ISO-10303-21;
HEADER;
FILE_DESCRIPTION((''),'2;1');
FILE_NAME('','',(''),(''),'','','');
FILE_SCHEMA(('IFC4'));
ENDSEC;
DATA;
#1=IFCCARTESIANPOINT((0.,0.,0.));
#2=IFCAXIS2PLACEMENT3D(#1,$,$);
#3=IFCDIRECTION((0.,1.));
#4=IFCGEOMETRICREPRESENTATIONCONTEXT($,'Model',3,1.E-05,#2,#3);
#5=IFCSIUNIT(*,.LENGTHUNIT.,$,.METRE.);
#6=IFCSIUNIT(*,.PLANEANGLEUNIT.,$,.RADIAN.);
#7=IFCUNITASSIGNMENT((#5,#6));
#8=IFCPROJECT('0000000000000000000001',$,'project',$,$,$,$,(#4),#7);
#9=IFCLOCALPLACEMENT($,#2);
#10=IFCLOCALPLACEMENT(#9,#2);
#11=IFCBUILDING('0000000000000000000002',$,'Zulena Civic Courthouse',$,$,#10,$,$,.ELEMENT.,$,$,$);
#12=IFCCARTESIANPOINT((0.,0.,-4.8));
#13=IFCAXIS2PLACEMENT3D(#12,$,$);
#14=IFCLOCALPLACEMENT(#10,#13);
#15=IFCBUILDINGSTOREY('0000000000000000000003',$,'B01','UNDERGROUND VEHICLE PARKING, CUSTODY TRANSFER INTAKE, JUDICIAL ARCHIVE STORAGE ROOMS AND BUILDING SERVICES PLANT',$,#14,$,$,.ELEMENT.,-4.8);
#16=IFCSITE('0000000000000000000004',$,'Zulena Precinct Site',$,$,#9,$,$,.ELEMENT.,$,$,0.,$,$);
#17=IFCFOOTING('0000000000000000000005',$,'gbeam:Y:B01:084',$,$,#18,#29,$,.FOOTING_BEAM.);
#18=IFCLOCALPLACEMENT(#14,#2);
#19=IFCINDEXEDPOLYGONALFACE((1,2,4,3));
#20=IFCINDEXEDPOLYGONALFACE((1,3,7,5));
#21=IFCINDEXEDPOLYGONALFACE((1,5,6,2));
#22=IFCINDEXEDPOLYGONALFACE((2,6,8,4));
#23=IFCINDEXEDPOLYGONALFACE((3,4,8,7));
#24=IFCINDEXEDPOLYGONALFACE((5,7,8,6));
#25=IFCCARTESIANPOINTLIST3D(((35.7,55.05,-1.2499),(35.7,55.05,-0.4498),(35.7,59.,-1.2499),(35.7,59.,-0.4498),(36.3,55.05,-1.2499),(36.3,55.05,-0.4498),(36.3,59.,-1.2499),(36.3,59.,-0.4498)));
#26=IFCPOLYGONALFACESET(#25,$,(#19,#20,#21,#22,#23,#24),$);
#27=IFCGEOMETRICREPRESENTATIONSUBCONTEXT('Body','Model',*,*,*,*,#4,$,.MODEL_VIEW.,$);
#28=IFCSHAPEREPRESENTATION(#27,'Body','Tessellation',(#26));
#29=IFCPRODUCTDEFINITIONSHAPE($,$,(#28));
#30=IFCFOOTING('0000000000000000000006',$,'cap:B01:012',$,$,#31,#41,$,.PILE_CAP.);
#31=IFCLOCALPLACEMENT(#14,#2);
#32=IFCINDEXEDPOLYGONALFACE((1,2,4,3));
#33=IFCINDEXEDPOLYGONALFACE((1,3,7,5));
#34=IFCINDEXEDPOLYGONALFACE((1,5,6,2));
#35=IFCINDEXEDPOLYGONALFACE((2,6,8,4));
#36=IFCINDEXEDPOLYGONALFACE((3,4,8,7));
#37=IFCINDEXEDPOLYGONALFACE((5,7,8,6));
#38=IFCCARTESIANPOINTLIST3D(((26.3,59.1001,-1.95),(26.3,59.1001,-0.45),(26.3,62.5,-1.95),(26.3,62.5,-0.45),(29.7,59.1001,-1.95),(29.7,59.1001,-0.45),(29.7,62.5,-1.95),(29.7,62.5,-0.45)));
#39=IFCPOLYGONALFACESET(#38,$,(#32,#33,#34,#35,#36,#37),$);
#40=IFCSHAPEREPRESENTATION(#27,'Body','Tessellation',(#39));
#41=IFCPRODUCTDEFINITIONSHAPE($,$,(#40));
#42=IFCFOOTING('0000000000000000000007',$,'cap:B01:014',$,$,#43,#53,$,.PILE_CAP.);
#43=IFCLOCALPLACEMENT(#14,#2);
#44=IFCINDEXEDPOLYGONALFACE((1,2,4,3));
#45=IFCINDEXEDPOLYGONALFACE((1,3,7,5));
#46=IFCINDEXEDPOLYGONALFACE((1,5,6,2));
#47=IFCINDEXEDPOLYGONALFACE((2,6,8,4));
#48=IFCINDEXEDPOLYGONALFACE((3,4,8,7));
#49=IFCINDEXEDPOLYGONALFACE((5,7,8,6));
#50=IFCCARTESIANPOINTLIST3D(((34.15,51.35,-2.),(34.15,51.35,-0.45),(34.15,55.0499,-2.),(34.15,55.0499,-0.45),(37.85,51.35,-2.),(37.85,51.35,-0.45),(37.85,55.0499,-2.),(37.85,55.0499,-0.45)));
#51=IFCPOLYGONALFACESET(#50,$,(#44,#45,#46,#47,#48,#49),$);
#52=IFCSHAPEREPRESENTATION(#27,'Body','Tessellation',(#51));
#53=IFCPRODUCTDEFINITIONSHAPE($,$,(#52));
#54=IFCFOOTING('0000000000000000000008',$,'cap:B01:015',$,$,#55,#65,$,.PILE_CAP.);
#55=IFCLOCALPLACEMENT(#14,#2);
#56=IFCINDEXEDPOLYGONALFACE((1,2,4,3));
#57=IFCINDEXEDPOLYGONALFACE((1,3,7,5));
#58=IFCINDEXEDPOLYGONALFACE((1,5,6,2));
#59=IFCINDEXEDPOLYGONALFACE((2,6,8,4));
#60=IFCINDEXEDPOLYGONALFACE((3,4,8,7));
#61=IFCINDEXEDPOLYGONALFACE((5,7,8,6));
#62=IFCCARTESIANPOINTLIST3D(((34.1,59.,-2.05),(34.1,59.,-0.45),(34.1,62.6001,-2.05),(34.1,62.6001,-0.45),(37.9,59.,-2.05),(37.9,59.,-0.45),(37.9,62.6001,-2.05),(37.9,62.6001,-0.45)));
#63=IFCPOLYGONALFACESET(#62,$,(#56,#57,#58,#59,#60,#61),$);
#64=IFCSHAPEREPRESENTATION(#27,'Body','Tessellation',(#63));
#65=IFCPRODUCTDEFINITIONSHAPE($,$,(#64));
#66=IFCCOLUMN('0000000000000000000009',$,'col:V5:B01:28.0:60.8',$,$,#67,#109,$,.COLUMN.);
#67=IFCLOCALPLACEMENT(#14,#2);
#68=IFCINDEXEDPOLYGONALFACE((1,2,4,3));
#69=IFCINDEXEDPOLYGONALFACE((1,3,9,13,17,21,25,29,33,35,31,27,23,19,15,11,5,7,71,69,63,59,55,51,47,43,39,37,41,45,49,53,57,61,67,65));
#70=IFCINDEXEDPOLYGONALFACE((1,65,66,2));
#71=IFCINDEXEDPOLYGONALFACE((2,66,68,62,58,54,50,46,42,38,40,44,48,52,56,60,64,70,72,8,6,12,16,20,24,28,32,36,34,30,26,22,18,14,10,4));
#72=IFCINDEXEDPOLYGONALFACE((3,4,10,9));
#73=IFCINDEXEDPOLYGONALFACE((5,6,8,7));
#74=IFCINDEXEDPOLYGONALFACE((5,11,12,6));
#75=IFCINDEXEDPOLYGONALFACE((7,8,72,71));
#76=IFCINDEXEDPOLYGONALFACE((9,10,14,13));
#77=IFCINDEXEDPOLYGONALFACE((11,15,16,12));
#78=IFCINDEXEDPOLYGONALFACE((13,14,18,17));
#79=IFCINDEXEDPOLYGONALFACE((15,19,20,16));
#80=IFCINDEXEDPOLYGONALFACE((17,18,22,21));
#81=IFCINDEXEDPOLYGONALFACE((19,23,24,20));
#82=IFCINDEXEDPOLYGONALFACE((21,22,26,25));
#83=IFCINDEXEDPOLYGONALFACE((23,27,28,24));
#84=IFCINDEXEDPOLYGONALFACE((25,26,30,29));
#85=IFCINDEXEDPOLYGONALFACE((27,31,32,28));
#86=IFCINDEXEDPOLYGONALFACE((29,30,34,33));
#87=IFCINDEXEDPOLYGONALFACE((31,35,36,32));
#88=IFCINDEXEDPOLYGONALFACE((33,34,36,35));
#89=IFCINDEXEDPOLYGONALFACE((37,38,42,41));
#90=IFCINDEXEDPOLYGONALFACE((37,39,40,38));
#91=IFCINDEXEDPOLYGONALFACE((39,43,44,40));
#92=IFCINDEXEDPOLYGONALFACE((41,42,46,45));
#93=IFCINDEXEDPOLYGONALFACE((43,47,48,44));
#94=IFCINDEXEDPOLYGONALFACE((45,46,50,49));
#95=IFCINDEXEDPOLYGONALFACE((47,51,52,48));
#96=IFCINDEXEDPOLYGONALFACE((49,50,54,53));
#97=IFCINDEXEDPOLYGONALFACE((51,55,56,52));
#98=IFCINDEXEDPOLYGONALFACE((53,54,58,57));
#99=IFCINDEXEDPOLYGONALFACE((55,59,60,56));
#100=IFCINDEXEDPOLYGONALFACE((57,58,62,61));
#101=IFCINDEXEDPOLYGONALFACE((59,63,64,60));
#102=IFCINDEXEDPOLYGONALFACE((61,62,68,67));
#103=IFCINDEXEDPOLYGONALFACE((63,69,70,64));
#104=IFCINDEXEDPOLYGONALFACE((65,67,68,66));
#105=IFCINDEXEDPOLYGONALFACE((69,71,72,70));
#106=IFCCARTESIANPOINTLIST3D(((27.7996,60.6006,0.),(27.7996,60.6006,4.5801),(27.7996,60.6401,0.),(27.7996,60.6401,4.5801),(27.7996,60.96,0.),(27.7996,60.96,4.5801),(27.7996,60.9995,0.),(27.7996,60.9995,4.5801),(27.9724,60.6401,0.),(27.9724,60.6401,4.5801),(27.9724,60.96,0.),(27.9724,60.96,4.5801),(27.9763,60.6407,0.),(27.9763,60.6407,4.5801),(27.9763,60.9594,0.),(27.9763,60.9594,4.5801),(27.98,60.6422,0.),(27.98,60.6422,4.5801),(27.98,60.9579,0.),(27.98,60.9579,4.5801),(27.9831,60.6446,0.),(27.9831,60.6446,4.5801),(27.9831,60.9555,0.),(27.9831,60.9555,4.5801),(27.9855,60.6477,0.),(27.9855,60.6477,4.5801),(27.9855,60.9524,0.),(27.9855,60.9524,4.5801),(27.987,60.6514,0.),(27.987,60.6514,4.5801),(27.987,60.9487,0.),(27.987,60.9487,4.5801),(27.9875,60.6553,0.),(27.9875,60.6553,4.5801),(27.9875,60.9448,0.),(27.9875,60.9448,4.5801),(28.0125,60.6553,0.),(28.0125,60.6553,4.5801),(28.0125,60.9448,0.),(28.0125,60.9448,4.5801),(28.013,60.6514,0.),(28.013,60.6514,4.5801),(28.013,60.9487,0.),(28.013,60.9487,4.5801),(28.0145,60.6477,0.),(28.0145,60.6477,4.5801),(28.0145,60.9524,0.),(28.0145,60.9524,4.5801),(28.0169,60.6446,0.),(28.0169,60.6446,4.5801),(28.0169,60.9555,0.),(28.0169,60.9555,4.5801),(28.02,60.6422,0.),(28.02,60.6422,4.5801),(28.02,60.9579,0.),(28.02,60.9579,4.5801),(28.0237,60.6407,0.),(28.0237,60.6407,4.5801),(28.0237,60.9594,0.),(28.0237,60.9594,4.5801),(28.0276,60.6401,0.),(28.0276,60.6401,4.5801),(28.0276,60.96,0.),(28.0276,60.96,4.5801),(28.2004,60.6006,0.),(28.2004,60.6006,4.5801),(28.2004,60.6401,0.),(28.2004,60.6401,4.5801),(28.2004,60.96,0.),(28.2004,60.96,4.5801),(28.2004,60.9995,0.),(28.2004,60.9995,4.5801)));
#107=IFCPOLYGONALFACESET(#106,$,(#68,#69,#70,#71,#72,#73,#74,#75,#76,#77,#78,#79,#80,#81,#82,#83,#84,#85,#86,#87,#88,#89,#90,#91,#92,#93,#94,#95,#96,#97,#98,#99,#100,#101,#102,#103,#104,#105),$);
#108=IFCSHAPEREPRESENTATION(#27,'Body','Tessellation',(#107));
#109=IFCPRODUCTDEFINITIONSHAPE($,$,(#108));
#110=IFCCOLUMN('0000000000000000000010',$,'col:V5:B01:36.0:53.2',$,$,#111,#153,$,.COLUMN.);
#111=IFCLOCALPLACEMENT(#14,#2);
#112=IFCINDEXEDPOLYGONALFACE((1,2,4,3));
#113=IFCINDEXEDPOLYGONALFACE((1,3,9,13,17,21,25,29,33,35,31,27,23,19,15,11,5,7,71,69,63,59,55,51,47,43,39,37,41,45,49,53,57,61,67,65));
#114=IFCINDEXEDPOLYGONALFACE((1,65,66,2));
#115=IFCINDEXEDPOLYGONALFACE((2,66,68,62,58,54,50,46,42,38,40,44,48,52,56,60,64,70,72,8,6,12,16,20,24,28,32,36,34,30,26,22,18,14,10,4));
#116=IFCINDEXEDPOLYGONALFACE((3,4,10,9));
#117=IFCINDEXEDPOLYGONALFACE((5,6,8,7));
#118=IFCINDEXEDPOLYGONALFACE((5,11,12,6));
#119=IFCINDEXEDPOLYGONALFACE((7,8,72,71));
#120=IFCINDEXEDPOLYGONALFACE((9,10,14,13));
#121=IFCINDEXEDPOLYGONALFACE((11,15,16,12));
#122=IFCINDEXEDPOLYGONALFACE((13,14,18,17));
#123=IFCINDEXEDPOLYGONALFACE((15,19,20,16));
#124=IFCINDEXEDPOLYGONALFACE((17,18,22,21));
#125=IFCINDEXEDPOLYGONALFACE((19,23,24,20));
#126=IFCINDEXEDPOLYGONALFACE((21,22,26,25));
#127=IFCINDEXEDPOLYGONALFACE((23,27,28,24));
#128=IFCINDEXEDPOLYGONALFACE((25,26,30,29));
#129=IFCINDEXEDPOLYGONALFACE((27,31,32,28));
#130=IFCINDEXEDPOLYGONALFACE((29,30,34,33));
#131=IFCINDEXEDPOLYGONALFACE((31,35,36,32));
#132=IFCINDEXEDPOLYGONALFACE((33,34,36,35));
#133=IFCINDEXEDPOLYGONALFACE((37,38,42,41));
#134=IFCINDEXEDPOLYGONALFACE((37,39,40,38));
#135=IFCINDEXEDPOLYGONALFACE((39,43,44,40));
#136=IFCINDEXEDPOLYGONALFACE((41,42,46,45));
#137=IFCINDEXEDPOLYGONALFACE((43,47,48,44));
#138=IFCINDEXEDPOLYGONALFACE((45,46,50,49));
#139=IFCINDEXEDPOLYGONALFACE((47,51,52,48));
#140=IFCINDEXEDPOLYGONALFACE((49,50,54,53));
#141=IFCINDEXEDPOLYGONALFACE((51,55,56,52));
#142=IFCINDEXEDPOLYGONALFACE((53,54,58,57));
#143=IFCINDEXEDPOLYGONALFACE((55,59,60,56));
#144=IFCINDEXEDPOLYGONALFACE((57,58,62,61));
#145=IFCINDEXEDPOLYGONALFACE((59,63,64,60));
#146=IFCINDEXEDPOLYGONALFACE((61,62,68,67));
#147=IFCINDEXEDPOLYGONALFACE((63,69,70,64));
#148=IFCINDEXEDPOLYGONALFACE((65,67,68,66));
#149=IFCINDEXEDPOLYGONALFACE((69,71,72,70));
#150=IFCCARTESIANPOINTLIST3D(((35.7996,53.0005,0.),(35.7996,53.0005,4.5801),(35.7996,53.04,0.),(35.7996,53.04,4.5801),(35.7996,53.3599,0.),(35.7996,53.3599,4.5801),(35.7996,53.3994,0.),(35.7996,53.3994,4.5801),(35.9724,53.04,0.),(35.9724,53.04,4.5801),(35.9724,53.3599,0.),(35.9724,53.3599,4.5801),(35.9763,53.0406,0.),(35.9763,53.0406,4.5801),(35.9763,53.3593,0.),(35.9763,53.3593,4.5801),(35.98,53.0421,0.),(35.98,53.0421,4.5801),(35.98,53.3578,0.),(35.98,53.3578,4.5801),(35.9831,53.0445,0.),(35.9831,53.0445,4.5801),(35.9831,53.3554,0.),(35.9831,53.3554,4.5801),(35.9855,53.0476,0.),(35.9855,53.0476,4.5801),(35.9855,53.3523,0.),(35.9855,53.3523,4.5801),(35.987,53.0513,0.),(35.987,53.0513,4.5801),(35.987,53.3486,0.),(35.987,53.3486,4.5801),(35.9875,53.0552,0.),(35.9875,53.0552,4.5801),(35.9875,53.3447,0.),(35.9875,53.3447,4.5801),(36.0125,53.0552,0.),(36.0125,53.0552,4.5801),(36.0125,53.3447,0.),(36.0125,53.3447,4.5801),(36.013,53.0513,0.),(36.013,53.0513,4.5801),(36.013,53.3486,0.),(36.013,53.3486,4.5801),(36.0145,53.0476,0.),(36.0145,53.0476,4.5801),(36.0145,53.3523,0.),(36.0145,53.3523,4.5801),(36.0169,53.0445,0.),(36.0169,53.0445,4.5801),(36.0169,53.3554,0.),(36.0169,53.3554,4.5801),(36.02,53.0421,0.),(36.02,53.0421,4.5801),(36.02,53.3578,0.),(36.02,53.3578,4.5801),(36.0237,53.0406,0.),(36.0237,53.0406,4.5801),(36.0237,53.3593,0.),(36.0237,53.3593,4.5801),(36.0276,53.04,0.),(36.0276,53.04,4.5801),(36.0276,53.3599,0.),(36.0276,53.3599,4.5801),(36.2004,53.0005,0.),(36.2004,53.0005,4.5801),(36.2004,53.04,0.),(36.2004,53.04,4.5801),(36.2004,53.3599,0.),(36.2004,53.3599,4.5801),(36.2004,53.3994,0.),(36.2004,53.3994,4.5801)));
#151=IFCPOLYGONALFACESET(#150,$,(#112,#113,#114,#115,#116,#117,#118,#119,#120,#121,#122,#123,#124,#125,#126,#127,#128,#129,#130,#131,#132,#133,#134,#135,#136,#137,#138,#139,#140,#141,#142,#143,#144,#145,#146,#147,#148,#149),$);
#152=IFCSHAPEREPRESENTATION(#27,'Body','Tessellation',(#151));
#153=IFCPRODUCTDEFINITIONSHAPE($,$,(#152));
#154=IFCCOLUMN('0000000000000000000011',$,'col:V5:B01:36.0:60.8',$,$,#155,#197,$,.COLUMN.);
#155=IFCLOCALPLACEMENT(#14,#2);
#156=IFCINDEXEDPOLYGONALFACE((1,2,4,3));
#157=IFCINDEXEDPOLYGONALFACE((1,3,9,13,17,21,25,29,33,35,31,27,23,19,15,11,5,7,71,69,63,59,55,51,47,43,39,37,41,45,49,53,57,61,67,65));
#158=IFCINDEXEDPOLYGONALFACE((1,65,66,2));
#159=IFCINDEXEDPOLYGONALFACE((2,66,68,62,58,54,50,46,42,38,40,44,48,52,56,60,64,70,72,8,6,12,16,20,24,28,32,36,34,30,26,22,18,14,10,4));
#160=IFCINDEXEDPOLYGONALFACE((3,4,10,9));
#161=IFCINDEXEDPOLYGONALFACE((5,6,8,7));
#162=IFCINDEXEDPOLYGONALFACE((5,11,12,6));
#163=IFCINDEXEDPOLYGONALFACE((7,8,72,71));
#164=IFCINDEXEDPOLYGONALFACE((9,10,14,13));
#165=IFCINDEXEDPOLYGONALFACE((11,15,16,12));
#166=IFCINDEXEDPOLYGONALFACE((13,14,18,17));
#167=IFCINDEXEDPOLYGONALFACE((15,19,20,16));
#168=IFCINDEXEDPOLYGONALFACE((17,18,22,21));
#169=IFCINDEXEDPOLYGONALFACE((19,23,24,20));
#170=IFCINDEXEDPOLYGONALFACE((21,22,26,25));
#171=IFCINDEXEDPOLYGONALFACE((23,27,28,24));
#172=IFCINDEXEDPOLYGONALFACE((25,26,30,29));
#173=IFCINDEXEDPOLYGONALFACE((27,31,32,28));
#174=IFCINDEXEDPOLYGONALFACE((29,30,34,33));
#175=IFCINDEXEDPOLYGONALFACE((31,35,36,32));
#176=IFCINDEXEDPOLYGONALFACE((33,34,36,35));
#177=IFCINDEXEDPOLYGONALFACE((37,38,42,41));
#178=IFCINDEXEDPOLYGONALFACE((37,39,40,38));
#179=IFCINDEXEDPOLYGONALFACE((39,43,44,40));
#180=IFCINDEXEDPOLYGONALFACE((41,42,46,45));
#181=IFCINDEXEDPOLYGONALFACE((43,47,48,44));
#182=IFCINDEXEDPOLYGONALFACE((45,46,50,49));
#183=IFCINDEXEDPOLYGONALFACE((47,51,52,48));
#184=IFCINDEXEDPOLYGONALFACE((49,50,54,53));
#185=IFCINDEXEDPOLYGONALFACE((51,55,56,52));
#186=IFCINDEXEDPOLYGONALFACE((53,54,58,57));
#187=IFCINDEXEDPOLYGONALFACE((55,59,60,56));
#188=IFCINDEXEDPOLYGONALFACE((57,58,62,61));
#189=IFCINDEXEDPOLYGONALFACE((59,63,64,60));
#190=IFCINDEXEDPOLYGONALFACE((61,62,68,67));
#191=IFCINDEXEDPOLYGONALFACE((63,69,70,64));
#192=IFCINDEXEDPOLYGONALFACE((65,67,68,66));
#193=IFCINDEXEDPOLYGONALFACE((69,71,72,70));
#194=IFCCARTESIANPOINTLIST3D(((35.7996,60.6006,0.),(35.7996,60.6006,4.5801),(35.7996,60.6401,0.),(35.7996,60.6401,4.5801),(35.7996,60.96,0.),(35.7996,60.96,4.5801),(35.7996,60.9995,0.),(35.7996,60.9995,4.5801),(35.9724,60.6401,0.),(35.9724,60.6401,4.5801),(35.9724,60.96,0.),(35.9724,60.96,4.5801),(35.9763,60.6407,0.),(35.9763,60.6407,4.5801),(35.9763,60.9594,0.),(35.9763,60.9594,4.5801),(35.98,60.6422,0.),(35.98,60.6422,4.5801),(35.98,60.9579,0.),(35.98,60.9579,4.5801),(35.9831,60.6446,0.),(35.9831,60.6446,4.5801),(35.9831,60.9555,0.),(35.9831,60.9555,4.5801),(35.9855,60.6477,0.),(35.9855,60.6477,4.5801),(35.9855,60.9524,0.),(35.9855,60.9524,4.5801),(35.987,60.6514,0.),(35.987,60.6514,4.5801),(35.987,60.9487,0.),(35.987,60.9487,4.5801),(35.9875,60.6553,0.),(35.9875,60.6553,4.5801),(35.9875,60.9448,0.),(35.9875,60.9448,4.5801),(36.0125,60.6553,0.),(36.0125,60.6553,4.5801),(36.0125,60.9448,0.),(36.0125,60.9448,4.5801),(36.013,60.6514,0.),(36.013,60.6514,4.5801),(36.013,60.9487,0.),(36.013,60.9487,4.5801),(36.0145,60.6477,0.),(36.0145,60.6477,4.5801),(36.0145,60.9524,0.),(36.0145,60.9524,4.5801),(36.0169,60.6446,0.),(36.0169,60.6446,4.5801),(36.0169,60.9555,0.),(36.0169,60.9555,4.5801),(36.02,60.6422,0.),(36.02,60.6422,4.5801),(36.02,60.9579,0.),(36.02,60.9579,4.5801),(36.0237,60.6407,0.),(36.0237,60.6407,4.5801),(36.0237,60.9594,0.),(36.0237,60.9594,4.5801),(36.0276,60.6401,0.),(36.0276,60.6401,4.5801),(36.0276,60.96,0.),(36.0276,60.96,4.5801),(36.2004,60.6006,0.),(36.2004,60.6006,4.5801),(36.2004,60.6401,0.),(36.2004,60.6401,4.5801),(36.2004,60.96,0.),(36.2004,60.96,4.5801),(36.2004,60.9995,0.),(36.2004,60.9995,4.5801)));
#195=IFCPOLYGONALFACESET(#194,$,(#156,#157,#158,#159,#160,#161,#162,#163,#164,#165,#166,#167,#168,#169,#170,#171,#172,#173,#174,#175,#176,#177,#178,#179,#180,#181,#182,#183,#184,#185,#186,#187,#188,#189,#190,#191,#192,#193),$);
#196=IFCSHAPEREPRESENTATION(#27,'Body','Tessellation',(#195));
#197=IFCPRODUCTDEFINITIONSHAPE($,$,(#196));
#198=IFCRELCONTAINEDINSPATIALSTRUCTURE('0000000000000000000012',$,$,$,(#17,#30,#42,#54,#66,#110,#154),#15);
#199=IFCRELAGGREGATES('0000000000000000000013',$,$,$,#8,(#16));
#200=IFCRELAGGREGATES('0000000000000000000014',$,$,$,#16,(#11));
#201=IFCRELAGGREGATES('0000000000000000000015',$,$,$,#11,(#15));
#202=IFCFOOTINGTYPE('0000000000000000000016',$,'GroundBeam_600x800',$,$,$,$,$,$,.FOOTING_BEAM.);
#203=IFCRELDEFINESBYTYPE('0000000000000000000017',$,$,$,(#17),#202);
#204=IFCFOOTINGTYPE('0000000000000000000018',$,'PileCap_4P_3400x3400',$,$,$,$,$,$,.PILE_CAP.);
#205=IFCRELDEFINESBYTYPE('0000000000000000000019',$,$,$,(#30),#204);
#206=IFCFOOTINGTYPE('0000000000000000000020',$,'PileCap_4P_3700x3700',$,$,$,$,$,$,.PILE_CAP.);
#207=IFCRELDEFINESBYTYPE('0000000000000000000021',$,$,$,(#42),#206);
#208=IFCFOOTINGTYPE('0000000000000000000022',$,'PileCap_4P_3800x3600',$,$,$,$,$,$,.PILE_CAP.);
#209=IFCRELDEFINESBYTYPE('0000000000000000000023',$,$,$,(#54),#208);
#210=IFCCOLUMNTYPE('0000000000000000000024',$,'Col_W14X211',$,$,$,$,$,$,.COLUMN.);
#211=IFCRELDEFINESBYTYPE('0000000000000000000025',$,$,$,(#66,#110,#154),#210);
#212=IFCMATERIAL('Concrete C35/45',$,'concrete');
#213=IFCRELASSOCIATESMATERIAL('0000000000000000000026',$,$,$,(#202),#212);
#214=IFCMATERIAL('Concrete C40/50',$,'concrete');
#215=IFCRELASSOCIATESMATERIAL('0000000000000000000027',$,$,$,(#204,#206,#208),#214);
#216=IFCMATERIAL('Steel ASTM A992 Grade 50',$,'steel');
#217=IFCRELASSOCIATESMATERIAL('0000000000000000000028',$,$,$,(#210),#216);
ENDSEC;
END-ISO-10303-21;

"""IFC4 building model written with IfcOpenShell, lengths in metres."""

from ifc_helpers import new_model, si_unit, direction, frame, origin, origin_2d, place, context, subcontext, project, spatial, rectangle, i_section, extrude, material, material_profile, profile_set, type_object, element, save


model = new_model("IFC4")

# Units and contexts
model_context = context("Model", 3, precision=1e-05, world=origin(), true_north=direction((0.0, 1.0)))
body_context = subcontext(model_context, "Body", "Model", "MODEL_VIEW")
ifc_project = project(units=[si_unit("LENGTHUNIT", "METRE"), si_unit("PLANEANGLEUNIT", "RADIAN")], contexts=[model_context])

# Site, building, storey
site_placement = place(None, origin())
site = spatial("IfcSite", under=ifc_project, at=site_placement, Name="Zulena Precinct Site", CompositionType="ELEMENT", RefElevation=0.0)
building_placement = place(site_placement, origin())
building = spatial("IfcBuilding", under=site, at=building_placement, Name="Zulena Civic Courthouse", CompositionType="ELEMENT")
storey_placement = place(building_placement, frame((0.0, 0.0, -4.8)))
storey = spatial("IfcBuildingStorey", under=building, at=storey_placement, Name="B01", Description="UNDERGROUND VEHICLE PARKING, CUSTODY TRANSFER INTAKE, JUDICIAL ARCHIVE STORAGE ROOMS AND BUILDING SERVICES PLANT", CompositionType="ELEMENT", Elevation=-4.8)

# Shared definitions
ifc_material_1 = material(Name="Concrete C40/50", Category="concrete")

# Footings
ifc_material_2 = material(Name="Concrete C35/45", Category="concrete")
ifc_material_profile_1 = material_profile(ifc_material_2, rectangle(XDim=0.6001, YDim=0.8, at=origin_2d()), Name="RC600X800")
ifc_profile_set_1 = profile_set([ifc_material_profile_1], Name="Concrete C35/45")
footing_type_1 = type_object("IfcFootingType", Name="GroundBeam_600x800", PredefinedType="FOOTING_BEAM", material=ifc_profile_set_1)
footing_1_placement = place(storey_placement, frame((36.0, 55.05, -0.8499), z_axis=(0.0, 1.0, 0.0), x_axis=(-1.0, 0.0, 0.0)))
element("IfcFooting", 1, at=footing_1_placement, inside=storey, type_object=footing_type_1, Name="gbeam:Y:B01:084", PredefinedType="FOOTING_BEAM", context=body_context, shape_type="SweptSolid", body=[
    extrude(rectangle(XDim=0.6001, YDim=0.8, at=origin_2d()), origin(), (0.0, 0.0, 1.0), 3.95),
])
footing_type_2 = type_object("IfcFootingType", Name="PileCap_4P_3400x3400", PredefinedType="PILE_CAP", material=ifc_material_1)
footing_2_placement = place(storey_placement, frame((28.0, 60.8, -1.95), z_axis=(0.0, 0.0, 1.0), x_axis=(1.0, 0.0, 0.0)))
element("IfcFooting", 2, at=footing_2_placement, inside=storey, type_object=footing_type_2, Name="cap:B01:012", PredefinedType="PILE_CAP", context=body_context, shape_type="SweptSolid", body=[
    extrude(rectangle(XDim=3.3999, YDim=3.3999, at=origin_2d()), origin(), (0.0, 0.0, 1.0), 1.5),
])
footing_type_3 = type_object("IfcFootingType", Name="PileCap_4P_3700x3700", PredefinedType="PILE_CAP", material=ifc_material_1)
footing_3_placement = place(storey_placement, frame((36.0, 53.2, -2.0), z_axis=(0.0, 0.0, 1.0), x_axis=(1.0, 0.0, 0.0)))
element("IfcFooting", 3, at=footing_3_placement, inside=storey, type_object=footing_type_3, Name="cap:B01:014", PredefinedType="PILE_CAP", context=body_context, shape_type="SweptSolid", body=[
    extrude(rectangle(XDim=3.7, YDim=3.7, at=origin_2d()), origin(), (0.0, 0.0, 1.0), 1.55),
])
footing_type_4 = type_object("IfcFootingType", Name="PileCap_4P_3800x3600", PredefinedType="PILE_CAP", material=ifc_material_1)
footing_4_placement = place(storey_placement, frame((36.0, 60.8, -2.05), z_axis=(0.0, 0.0, 1.0), x_axis=(1.0, 0.0, 0.0)))
element("IfcFooting", 4, at=footing_4_placement, inside=storey, type_object=footing_type_4, Name="cap:B01:015", PredefinedType="PILE_CAP", context=body_context, shape_type="SweptSolid", body=[
    extrude(rectangle(XDim=3.8, YDim=3.6001, at=origin_2d()), origin(), (0.0, 0.0, 1.0), 1.6001),
])

# Columns
ifc_material_3 = material(Name="Steel ASTM A992 Grade 50", Category="steel")
ifc_material_profile_2 = material_profile(ifc_material_3, i_section(OverallWidth=0.4009, OverallDepth=0.3989, WebThickness=0.0249, FlangeThickness=0.0396, FilletRadius=0.0151, at=origin_2d()), Name="W14X211")
ifc_profile_set_2 = profile_set([ifc_material_profile_2], Name="Steel ASTM A992 Grade 50")
column_type = type_object("IfcColumnType", Name="Col_W14X211", PredefinedType="COLUMN", material=ifc_profile_set_2)
for number, where, z_axis, x_axis, name in (
    (5, (28.0, 60.8, 0.0), (0.0, 0.0, 1.0), (1.0, 0.0, 0.0), "col:V5:B01:28.0:60.8"),
    (6, (36.0, 53.2, 0.0), (0.0, 0.0, 1.0), (1.0, 0.0, 0.0), "col:V5:B01:36.0:53.2"),
    (7, (36.0, 60.8, 0.0), (0.0, 0.0, 1.0), (1.0, 0.0, 0.0), "col:V5:B01:36.0:60.8"),
):
    element("IfcColumn", number, at=place(storey_placement, frame(where, z_axis=z_axis, x_axis=x_axis)), inside=storey, type_object=column_type, Name=name, PredefinedType="COLUMN", context=body_context, shape_type="SweptSolid", body=[
        extrude(i_section(OverallWidth=0.4009, OverallDepth=0.3989, WebThickness=0.0249, FlangeThickness=0.0396, FilletRadius=0.0151, at=origin_2d()), origin(), (0.0, 0.0, 1.0), 4.5801),
    ])

save(model, "model.ifc")
